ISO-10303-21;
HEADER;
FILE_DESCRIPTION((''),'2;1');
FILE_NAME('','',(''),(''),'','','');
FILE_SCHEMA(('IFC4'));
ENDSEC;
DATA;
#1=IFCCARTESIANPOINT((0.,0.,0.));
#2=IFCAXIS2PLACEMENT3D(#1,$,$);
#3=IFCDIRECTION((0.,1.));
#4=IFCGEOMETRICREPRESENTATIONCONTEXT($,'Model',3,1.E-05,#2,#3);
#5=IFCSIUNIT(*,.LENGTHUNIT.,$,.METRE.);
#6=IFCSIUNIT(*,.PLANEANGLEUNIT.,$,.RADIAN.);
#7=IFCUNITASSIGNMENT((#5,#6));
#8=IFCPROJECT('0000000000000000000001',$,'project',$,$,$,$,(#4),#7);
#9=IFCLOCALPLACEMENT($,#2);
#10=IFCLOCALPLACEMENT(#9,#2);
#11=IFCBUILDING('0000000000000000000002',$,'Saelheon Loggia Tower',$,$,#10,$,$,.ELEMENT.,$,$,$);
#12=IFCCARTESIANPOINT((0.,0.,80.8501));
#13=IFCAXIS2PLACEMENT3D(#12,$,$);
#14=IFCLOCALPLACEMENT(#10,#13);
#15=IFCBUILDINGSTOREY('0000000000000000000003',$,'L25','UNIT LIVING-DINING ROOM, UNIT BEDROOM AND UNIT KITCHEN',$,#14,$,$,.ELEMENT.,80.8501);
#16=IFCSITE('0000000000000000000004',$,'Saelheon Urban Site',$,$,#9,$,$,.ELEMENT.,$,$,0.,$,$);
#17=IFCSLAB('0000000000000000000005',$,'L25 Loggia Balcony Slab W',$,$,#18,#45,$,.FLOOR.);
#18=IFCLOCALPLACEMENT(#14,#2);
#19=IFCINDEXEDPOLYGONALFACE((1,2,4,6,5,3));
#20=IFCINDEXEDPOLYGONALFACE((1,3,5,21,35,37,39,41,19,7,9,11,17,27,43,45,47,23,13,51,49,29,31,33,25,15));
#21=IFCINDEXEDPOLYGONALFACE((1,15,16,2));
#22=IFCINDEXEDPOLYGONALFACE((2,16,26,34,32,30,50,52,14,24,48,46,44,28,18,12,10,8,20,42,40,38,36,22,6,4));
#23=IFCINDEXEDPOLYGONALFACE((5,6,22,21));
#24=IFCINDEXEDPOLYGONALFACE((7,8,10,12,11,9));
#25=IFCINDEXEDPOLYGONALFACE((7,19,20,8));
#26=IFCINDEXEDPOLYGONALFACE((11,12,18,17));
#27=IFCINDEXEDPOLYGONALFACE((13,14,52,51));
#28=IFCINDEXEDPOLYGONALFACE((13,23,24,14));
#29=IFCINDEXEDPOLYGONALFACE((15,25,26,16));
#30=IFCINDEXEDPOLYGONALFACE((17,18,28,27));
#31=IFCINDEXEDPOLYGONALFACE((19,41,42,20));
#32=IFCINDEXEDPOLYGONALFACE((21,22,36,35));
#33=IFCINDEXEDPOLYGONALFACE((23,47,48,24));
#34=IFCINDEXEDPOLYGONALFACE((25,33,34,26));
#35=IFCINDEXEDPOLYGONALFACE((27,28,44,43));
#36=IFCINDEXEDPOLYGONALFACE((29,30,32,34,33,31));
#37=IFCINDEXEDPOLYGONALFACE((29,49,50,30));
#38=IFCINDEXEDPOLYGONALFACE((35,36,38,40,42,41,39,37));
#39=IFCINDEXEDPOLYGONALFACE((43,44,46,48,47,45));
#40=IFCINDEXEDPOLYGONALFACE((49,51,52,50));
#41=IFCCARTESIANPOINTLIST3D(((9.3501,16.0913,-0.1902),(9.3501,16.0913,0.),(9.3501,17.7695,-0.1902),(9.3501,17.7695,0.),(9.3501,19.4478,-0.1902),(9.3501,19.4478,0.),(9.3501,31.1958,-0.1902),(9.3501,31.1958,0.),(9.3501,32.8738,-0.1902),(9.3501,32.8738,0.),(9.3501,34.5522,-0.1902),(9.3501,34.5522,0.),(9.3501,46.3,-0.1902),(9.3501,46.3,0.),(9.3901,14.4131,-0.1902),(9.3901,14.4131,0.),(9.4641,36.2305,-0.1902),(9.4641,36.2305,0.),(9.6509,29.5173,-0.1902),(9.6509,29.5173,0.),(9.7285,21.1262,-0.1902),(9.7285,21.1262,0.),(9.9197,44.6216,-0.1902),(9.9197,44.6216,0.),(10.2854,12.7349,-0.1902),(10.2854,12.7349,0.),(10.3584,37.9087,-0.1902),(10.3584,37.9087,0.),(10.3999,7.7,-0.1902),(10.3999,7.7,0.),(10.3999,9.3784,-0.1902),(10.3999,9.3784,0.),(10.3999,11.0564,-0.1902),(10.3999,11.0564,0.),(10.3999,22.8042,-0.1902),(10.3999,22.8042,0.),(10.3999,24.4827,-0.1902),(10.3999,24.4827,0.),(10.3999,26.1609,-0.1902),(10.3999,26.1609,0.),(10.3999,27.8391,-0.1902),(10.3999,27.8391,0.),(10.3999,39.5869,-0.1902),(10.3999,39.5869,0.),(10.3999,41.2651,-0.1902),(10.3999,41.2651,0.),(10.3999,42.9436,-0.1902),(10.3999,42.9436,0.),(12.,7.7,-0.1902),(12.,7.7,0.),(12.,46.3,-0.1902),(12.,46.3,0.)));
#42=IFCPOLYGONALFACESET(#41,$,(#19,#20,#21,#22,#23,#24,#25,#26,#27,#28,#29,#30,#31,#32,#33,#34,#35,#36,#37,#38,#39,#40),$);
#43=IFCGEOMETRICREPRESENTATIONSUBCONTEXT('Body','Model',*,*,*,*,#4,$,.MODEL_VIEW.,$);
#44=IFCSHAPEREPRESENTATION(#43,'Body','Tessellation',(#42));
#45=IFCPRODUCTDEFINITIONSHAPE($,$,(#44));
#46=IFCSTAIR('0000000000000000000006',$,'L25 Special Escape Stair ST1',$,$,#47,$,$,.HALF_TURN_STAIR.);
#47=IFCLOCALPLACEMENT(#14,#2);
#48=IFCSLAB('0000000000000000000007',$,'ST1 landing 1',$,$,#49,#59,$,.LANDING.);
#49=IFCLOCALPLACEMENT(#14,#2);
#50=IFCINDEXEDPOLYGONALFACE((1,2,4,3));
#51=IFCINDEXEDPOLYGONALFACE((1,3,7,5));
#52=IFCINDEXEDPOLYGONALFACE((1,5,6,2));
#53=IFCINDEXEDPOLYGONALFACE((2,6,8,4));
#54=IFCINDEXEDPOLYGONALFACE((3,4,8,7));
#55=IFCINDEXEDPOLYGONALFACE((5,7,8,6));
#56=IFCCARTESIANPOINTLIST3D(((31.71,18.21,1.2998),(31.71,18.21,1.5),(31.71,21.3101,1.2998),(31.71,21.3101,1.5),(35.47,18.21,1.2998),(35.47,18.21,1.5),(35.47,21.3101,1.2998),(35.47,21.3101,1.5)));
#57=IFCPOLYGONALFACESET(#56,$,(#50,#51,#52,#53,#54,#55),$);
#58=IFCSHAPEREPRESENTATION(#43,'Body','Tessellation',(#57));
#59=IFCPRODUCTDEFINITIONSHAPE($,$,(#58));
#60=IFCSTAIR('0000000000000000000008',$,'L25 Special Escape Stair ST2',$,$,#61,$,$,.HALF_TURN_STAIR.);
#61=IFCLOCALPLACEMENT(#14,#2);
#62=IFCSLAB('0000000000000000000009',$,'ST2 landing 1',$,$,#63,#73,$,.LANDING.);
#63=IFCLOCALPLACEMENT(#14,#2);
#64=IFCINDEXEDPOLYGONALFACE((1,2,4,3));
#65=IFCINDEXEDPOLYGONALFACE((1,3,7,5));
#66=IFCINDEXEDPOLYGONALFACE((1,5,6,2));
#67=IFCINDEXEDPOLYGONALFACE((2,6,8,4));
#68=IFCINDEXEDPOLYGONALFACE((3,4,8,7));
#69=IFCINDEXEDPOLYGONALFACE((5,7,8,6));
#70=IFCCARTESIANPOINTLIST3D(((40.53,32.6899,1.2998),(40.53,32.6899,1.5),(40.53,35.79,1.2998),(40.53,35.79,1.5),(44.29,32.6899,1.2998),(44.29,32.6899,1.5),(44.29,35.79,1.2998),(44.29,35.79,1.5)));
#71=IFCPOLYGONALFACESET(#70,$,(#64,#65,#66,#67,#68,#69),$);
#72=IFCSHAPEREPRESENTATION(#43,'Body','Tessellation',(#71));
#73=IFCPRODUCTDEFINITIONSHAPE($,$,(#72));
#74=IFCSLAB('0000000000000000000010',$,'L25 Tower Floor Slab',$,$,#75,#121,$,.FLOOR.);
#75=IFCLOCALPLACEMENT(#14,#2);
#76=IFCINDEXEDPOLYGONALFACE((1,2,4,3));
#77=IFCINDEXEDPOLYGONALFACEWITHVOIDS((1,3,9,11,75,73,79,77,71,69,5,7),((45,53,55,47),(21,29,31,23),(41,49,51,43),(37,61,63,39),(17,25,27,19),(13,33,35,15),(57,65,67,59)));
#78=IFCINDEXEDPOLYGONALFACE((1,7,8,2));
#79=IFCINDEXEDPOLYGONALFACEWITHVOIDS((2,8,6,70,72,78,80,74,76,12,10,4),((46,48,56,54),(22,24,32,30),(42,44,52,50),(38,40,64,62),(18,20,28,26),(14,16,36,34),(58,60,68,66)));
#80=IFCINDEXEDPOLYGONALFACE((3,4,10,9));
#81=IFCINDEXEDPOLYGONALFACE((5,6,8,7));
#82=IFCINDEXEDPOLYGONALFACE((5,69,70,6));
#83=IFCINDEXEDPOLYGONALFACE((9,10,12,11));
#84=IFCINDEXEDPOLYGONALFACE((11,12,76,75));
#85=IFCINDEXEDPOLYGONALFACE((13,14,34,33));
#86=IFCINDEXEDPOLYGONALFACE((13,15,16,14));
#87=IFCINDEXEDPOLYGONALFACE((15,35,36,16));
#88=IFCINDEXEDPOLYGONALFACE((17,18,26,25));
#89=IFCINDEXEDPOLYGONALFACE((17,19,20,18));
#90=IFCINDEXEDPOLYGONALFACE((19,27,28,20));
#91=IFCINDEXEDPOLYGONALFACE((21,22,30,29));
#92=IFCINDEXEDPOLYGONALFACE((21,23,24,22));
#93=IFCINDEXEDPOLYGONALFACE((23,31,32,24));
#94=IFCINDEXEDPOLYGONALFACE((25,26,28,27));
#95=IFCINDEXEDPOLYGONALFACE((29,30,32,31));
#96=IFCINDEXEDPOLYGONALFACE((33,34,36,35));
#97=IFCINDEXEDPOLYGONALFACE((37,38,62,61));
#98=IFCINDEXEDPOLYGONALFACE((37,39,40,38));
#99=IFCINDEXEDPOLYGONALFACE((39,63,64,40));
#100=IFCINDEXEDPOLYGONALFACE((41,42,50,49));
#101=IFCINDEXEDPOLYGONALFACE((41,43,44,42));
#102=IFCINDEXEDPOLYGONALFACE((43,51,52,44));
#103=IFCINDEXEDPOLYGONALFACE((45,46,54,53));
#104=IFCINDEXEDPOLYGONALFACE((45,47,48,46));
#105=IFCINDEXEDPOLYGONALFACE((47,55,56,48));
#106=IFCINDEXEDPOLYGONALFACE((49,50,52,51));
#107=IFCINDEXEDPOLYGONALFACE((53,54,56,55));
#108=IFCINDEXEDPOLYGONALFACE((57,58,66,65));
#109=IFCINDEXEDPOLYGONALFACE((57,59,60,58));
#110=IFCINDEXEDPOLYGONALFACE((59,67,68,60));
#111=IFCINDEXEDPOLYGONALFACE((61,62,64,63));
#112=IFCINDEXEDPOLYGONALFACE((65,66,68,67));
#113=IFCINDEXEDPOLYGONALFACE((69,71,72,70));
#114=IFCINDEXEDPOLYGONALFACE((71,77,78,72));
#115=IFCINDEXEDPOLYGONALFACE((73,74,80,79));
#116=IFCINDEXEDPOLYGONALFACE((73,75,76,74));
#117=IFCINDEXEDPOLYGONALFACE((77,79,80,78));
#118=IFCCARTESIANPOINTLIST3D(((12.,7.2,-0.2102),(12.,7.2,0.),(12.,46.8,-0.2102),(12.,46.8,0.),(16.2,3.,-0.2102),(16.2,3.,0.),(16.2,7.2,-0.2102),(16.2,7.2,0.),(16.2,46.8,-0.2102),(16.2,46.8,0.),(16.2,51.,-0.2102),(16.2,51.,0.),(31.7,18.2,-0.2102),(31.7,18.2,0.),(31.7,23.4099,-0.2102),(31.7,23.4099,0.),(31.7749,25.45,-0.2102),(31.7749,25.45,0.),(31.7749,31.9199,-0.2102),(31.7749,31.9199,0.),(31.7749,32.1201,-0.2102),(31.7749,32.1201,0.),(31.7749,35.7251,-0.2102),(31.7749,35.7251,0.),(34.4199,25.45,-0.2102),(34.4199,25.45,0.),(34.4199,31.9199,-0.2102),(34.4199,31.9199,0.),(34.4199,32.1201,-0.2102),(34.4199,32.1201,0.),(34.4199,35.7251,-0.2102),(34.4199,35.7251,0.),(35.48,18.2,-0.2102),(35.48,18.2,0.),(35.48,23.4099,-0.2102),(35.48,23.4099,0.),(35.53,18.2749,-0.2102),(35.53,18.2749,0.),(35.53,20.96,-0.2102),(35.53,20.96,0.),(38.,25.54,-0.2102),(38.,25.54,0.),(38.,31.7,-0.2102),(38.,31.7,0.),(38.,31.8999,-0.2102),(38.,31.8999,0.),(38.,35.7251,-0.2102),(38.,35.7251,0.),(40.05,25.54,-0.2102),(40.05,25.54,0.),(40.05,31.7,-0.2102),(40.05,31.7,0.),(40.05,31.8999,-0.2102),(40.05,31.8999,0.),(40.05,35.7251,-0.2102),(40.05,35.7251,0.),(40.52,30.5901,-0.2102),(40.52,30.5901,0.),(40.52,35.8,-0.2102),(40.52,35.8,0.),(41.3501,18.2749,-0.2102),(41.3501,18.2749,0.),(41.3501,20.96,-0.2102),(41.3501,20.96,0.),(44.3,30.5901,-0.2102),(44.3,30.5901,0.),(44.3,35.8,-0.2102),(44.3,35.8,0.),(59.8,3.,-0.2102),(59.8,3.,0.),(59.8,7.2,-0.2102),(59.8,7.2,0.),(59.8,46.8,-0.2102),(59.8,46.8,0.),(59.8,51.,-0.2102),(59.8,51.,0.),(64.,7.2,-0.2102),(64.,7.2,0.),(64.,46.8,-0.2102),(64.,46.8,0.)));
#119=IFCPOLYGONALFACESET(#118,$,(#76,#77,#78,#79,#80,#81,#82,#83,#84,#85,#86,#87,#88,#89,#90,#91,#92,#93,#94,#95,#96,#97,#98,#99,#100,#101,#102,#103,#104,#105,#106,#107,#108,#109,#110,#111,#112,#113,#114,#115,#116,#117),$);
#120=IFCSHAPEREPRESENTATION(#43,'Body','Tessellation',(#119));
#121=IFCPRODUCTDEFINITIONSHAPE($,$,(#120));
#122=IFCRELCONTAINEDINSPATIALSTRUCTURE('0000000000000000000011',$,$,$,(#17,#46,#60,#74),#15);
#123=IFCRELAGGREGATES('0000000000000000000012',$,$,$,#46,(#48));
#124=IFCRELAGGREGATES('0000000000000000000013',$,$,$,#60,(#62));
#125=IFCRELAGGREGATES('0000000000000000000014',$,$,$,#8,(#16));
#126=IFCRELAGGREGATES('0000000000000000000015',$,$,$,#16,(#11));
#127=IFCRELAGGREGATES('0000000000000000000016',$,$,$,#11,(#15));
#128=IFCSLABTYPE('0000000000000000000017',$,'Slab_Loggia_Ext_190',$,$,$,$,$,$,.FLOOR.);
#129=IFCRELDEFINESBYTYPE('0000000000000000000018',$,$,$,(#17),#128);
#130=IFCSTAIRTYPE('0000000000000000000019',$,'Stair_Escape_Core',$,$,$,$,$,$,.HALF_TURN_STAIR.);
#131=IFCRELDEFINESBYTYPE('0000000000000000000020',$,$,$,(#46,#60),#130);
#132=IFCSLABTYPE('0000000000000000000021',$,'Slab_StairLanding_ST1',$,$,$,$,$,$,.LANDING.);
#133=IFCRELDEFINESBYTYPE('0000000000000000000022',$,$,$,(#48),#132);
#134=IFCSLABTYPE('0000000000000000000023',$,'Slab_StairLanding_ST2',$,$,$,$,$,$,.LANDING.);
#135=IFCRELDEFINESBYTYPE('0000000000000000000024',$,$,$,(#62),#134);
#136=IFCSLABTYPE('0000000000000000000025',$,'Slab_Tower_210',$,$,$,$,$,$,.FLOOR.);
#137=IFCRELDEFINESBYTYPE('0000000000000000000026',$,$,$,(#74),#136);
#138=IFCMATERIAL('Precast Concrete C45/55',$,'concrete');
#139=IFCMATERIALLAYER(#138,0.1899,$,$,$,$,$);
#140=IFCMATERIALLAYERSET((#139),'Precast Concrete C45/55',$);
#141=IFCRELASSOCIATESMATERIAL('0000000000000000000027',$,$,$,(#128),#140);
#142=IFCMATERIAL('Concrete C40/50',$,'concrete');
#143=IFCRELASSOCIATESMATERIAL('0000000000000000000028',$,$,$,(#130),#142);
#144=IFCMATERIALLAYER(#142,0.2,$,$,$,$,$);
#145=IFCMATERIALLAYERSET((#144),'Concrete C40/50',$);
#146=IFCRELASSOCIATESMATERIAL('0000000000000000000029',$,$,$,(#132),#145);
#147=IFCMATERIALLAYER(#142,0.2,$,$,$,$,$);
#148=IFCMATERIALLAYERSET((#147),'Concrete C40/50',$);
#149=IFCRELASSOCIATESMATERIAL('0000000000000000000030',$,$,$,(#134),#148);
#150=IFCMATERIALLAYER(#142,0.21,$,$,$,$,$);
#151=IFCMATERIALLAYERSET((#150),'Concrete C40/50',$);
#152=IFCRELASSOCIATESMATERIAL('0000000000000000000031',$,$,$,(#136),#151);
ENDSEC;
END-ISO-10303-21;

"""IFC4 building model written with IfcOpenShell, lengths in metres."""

from ifc_helpers import new_model, si_unit, direction, frame, origin, place, context, subcontext, project, spatial, polyline, outline, extrude, material, layer, layer_set, type_object, element, aggregate, save


model = new_model("IFC4")

# Units and contexts
model_context = context("Model", 3, precision=1e-05, world=origin(), true_north=direction((0.0, 1.0)))
body_context = subcontext(model_context, "Body", "Model", "MODEL_VIEW")
ifc_project = project(units=[si_unit("LENGTHUNIT", "METRE"), si_unit("PLANEANGLEUNIT", "RADIAN")], contexts=[model_context])

# Site, building, storey
site_placement = place(None, origin())
site = spatial("IfcSite", under=ifc_project, at=site_placement, Name="Saelheon Urban Site", CompositionType="ELEMENT", RefElevation=0.0)
building_placement = place(site_placement, origin())
building = spatial("IfcBuilding", under=site, at=building_placement, Name="Saelheon Loggia Tower", CompositionType="ELEMENT")
storey_placement = place(building_placement, frame((0.0, 0.0, 80.8501)))
storey = spatial("IfcBuildingStorey", under=building, at=storey_placement, Name="L25", Description="UNIT LIVING-DINING ROOM, UNIT BEDROOM AND UNIT KITCHEN", CompositionType="ELEMENT", Elevation=80.8501)

# Shared definitions
ifc_material_1 = material(Name="Concrete C40/50", Category="concrete")

# Slab
ifc_material_2 = material(Name="Precast Concrete C45/55", Category="concrete")
ifc_layer_1 = layer(ifc_material_2, 0.1899)
ifc_layer_set_1 = layer_set([ifc_layer_1], Name="Precast Concrete C45/55")
slab_type_1 = type_object("IfcSlabType", Name="Slab_Loggia_Ext_190", PredefinedType="FLOOR", material=ifc_layer_set_1)
slab_1_placement = place(storey_placement, frame((0.0, 0.0, -0.1902)))
element("IfcSlab", 1, at=slab_1_placement, inside=storey, type_object=slab_type_1, Name="L25 Loggia Balcony Slab W", PredefinedType="FLOOR", context=body_context, shape_type="SweptSolid", body=[
    extrude(outline(polyline([(12.0, 7.7), (12.0, 46.3), (9.3501, 46.3), (9.9197, 44.6216), (10.3999, 42.9436), (10.3999, 41.2651), (10.3999, 39.5869), (10.3584, 37.9087), (9.4641, 36.2305), (9.3501, 34.5522), (9.3501, 32.8738), (9.3501, 31.1958), (9.6509, 29.5173), (10.3999, 27.8391), (10.3999, 26.1609), (10.3999, 24.4827), (10.3999, 22.8042), (9.7285, 21.1262), (9.3501, 19.4478), (9.3501, 17.7695), (9.3501, 16.0913), (9.3901, 14.4131), (10.2854, 12.7349), (10.3999, 11.0564), (10.3999, 9.3784), (10.3999, 7.7), (12.0, 7.7)])), origin(), (0.0, 0.0, 1.0), 0.1902),
])

# Stairs, slabs
stair_type = type_object("IfcStairType", Name="Stair_Escape_Core", PredefinedType="HALF_TURN_STAIR", material=ifc_material_1)
stair_1_placement = place(storey_placement, origin())
stair_1 = element("IfcStair", 2, at=stair_1_placement, inside=storey, type_object=stair_type, Name="L25 Special Escape Stair ST1", PredefinedType="HALF_TURN_STAIR")
ifc_layer_2 = layer(ifc_material_1, 0.2)
ifc_layer_set_2 = layer_set([ifc_layer_2], Name="Concrete C40/50")
slab_type_2 = type_object("IfcSlabType", Name="Slab_StairLanding_ST1", PredefinedType="LANDING", material=ifc_layer_set_2)
slab_2_placement = place(storey_placement, frame((0.0, 0.0, 1.2998)))
slab_2 = element("IfcSlab", 3, at=slab_2_placement, type_object=slab_type_2, Name="ST1 landing 1", PredefinedType="LANDING", context=body_context, shape_type="SweptSolid", body=[
    extrude(outline(polyline([(31.71, 21.3101), (31.71, 18.21), (35.47, 18.21), (35.47, 21.3101), (31.71, 21.3101)])), origin(), (0.0, 0.0, 1.0), 0.2002),
])
aggregate(stair_1, [slab_2])
stair_2_placement = place(storey_placement, origin())
stair_2 = element("IfcStair", 4, at=stair_2_placement, inside=storey, type_object=stair_type, Name="L25 Special Escape Stair ST2", PredefinedType="HALF_TURN_STAIR")
ifc_layer_3 = layer(ifc_material_1, 0.2)
ifc_layer_set_3 = layer_set([ifc_layer_3], Name="Concrete C40/50")
slab_type_3 = type_object("IfcSlabType", Name="Slab_StairLanding_ST2", PredefinedType="LANDING", material=ifc_layer_set_3)
slab_3_placement = place(storey_placement, frame((0.0, 0.0, 1.2998)))
slab_3 = element("IfcSlab", 5, at=slab_3_placement, type_object=slab_type_3, Name="ST2 landing 1", PredefinedType="LANDING", context=body_context, shape_type="SweptSolid", body=[
    extrude(outline(polyline([(44.29, 32.6899), (44.29, 35.79), (40.53, 35.79), (40.53, 32.6899), (44.29, 32.6899)])), origin(), (0.0, 0.0, 1.0), 0.2002),
])
aggregate(stair_2, [slab_3])

# Slab
ifc_layer_4 = layer(ifc_material_1, 0.21)
ifc_layer_set_4 = layer_set([ifc_layer_4], Name="Concrete C40/50")
slab_type_4 = type_object("IfcSlabType", Name="Slab_Tower_210", PredefinedType="FLOOR", material=ifc_layer_set_4)
slab_4_placement = place(storey_placement, frame((0.0, 0.0, -0.2102)))
element("IfcSlab", 6, at=slab_4_placement, inside=storey, type_object=slab_type_4, Name="L25 Tower Floor Slab", PredefinedType="FLOOR", context=body_context, shape_type="SweptSolid", body=[
    extrude(outline(polyline([(16.2, 3.0), (59.8, 3.0), (59.8, 7.2), (64.0, 7.2), (64.0, 46.8), (59.8, 46.8), (59.8, 51.0), (16.2, 51.0), (16.2, 46.8), (12.0, 46.8), (12.0, 7.2), (16.2, 7.2), (16.2, 3.0)]), holes=[polyline([(31.7, 23.4099), (31.7, 18.2), (35.48, 18.2), (35.48, 23.4099), (31.7, 23.4099)]), polyline([(44.3, 30.5901), (44.3, 35.8), (40.52, 35.8), (40.52, 30.5901), (44.3, 30.5901)]), polyline([(35.53, 18.2749), (41.3501, 18.2749), (41.3501, 20.96), (35.53, 20.96), (35.53, 18.2749)]), polyline([(31.7749, 32.1201), (34.4199, 32.1201), (34.4199, 35.7251), (31.7749, 35.7251), (31.7749, 32.1201)]), polyline([(38.0, 31.8999), (40.05, 31.8999), (40.05, 35.7251), (38.0, 35.7251), (38.0, 31.8999)]), polyline([(31.7749, 25.45), (34.4199, 25.45), (34.4199, 31.9199), (31.7749, 31.9199), (31.7749, 25.45)]), polyline([(38.0, 25.54), (40.05, 25.54), (40.05, 31.7), (38.0, 31.7), (38.0, 25.54)])]), origin(), (0.0, 0.0, 1.0), 0.2102),
])

save(model, "model.ifc")
